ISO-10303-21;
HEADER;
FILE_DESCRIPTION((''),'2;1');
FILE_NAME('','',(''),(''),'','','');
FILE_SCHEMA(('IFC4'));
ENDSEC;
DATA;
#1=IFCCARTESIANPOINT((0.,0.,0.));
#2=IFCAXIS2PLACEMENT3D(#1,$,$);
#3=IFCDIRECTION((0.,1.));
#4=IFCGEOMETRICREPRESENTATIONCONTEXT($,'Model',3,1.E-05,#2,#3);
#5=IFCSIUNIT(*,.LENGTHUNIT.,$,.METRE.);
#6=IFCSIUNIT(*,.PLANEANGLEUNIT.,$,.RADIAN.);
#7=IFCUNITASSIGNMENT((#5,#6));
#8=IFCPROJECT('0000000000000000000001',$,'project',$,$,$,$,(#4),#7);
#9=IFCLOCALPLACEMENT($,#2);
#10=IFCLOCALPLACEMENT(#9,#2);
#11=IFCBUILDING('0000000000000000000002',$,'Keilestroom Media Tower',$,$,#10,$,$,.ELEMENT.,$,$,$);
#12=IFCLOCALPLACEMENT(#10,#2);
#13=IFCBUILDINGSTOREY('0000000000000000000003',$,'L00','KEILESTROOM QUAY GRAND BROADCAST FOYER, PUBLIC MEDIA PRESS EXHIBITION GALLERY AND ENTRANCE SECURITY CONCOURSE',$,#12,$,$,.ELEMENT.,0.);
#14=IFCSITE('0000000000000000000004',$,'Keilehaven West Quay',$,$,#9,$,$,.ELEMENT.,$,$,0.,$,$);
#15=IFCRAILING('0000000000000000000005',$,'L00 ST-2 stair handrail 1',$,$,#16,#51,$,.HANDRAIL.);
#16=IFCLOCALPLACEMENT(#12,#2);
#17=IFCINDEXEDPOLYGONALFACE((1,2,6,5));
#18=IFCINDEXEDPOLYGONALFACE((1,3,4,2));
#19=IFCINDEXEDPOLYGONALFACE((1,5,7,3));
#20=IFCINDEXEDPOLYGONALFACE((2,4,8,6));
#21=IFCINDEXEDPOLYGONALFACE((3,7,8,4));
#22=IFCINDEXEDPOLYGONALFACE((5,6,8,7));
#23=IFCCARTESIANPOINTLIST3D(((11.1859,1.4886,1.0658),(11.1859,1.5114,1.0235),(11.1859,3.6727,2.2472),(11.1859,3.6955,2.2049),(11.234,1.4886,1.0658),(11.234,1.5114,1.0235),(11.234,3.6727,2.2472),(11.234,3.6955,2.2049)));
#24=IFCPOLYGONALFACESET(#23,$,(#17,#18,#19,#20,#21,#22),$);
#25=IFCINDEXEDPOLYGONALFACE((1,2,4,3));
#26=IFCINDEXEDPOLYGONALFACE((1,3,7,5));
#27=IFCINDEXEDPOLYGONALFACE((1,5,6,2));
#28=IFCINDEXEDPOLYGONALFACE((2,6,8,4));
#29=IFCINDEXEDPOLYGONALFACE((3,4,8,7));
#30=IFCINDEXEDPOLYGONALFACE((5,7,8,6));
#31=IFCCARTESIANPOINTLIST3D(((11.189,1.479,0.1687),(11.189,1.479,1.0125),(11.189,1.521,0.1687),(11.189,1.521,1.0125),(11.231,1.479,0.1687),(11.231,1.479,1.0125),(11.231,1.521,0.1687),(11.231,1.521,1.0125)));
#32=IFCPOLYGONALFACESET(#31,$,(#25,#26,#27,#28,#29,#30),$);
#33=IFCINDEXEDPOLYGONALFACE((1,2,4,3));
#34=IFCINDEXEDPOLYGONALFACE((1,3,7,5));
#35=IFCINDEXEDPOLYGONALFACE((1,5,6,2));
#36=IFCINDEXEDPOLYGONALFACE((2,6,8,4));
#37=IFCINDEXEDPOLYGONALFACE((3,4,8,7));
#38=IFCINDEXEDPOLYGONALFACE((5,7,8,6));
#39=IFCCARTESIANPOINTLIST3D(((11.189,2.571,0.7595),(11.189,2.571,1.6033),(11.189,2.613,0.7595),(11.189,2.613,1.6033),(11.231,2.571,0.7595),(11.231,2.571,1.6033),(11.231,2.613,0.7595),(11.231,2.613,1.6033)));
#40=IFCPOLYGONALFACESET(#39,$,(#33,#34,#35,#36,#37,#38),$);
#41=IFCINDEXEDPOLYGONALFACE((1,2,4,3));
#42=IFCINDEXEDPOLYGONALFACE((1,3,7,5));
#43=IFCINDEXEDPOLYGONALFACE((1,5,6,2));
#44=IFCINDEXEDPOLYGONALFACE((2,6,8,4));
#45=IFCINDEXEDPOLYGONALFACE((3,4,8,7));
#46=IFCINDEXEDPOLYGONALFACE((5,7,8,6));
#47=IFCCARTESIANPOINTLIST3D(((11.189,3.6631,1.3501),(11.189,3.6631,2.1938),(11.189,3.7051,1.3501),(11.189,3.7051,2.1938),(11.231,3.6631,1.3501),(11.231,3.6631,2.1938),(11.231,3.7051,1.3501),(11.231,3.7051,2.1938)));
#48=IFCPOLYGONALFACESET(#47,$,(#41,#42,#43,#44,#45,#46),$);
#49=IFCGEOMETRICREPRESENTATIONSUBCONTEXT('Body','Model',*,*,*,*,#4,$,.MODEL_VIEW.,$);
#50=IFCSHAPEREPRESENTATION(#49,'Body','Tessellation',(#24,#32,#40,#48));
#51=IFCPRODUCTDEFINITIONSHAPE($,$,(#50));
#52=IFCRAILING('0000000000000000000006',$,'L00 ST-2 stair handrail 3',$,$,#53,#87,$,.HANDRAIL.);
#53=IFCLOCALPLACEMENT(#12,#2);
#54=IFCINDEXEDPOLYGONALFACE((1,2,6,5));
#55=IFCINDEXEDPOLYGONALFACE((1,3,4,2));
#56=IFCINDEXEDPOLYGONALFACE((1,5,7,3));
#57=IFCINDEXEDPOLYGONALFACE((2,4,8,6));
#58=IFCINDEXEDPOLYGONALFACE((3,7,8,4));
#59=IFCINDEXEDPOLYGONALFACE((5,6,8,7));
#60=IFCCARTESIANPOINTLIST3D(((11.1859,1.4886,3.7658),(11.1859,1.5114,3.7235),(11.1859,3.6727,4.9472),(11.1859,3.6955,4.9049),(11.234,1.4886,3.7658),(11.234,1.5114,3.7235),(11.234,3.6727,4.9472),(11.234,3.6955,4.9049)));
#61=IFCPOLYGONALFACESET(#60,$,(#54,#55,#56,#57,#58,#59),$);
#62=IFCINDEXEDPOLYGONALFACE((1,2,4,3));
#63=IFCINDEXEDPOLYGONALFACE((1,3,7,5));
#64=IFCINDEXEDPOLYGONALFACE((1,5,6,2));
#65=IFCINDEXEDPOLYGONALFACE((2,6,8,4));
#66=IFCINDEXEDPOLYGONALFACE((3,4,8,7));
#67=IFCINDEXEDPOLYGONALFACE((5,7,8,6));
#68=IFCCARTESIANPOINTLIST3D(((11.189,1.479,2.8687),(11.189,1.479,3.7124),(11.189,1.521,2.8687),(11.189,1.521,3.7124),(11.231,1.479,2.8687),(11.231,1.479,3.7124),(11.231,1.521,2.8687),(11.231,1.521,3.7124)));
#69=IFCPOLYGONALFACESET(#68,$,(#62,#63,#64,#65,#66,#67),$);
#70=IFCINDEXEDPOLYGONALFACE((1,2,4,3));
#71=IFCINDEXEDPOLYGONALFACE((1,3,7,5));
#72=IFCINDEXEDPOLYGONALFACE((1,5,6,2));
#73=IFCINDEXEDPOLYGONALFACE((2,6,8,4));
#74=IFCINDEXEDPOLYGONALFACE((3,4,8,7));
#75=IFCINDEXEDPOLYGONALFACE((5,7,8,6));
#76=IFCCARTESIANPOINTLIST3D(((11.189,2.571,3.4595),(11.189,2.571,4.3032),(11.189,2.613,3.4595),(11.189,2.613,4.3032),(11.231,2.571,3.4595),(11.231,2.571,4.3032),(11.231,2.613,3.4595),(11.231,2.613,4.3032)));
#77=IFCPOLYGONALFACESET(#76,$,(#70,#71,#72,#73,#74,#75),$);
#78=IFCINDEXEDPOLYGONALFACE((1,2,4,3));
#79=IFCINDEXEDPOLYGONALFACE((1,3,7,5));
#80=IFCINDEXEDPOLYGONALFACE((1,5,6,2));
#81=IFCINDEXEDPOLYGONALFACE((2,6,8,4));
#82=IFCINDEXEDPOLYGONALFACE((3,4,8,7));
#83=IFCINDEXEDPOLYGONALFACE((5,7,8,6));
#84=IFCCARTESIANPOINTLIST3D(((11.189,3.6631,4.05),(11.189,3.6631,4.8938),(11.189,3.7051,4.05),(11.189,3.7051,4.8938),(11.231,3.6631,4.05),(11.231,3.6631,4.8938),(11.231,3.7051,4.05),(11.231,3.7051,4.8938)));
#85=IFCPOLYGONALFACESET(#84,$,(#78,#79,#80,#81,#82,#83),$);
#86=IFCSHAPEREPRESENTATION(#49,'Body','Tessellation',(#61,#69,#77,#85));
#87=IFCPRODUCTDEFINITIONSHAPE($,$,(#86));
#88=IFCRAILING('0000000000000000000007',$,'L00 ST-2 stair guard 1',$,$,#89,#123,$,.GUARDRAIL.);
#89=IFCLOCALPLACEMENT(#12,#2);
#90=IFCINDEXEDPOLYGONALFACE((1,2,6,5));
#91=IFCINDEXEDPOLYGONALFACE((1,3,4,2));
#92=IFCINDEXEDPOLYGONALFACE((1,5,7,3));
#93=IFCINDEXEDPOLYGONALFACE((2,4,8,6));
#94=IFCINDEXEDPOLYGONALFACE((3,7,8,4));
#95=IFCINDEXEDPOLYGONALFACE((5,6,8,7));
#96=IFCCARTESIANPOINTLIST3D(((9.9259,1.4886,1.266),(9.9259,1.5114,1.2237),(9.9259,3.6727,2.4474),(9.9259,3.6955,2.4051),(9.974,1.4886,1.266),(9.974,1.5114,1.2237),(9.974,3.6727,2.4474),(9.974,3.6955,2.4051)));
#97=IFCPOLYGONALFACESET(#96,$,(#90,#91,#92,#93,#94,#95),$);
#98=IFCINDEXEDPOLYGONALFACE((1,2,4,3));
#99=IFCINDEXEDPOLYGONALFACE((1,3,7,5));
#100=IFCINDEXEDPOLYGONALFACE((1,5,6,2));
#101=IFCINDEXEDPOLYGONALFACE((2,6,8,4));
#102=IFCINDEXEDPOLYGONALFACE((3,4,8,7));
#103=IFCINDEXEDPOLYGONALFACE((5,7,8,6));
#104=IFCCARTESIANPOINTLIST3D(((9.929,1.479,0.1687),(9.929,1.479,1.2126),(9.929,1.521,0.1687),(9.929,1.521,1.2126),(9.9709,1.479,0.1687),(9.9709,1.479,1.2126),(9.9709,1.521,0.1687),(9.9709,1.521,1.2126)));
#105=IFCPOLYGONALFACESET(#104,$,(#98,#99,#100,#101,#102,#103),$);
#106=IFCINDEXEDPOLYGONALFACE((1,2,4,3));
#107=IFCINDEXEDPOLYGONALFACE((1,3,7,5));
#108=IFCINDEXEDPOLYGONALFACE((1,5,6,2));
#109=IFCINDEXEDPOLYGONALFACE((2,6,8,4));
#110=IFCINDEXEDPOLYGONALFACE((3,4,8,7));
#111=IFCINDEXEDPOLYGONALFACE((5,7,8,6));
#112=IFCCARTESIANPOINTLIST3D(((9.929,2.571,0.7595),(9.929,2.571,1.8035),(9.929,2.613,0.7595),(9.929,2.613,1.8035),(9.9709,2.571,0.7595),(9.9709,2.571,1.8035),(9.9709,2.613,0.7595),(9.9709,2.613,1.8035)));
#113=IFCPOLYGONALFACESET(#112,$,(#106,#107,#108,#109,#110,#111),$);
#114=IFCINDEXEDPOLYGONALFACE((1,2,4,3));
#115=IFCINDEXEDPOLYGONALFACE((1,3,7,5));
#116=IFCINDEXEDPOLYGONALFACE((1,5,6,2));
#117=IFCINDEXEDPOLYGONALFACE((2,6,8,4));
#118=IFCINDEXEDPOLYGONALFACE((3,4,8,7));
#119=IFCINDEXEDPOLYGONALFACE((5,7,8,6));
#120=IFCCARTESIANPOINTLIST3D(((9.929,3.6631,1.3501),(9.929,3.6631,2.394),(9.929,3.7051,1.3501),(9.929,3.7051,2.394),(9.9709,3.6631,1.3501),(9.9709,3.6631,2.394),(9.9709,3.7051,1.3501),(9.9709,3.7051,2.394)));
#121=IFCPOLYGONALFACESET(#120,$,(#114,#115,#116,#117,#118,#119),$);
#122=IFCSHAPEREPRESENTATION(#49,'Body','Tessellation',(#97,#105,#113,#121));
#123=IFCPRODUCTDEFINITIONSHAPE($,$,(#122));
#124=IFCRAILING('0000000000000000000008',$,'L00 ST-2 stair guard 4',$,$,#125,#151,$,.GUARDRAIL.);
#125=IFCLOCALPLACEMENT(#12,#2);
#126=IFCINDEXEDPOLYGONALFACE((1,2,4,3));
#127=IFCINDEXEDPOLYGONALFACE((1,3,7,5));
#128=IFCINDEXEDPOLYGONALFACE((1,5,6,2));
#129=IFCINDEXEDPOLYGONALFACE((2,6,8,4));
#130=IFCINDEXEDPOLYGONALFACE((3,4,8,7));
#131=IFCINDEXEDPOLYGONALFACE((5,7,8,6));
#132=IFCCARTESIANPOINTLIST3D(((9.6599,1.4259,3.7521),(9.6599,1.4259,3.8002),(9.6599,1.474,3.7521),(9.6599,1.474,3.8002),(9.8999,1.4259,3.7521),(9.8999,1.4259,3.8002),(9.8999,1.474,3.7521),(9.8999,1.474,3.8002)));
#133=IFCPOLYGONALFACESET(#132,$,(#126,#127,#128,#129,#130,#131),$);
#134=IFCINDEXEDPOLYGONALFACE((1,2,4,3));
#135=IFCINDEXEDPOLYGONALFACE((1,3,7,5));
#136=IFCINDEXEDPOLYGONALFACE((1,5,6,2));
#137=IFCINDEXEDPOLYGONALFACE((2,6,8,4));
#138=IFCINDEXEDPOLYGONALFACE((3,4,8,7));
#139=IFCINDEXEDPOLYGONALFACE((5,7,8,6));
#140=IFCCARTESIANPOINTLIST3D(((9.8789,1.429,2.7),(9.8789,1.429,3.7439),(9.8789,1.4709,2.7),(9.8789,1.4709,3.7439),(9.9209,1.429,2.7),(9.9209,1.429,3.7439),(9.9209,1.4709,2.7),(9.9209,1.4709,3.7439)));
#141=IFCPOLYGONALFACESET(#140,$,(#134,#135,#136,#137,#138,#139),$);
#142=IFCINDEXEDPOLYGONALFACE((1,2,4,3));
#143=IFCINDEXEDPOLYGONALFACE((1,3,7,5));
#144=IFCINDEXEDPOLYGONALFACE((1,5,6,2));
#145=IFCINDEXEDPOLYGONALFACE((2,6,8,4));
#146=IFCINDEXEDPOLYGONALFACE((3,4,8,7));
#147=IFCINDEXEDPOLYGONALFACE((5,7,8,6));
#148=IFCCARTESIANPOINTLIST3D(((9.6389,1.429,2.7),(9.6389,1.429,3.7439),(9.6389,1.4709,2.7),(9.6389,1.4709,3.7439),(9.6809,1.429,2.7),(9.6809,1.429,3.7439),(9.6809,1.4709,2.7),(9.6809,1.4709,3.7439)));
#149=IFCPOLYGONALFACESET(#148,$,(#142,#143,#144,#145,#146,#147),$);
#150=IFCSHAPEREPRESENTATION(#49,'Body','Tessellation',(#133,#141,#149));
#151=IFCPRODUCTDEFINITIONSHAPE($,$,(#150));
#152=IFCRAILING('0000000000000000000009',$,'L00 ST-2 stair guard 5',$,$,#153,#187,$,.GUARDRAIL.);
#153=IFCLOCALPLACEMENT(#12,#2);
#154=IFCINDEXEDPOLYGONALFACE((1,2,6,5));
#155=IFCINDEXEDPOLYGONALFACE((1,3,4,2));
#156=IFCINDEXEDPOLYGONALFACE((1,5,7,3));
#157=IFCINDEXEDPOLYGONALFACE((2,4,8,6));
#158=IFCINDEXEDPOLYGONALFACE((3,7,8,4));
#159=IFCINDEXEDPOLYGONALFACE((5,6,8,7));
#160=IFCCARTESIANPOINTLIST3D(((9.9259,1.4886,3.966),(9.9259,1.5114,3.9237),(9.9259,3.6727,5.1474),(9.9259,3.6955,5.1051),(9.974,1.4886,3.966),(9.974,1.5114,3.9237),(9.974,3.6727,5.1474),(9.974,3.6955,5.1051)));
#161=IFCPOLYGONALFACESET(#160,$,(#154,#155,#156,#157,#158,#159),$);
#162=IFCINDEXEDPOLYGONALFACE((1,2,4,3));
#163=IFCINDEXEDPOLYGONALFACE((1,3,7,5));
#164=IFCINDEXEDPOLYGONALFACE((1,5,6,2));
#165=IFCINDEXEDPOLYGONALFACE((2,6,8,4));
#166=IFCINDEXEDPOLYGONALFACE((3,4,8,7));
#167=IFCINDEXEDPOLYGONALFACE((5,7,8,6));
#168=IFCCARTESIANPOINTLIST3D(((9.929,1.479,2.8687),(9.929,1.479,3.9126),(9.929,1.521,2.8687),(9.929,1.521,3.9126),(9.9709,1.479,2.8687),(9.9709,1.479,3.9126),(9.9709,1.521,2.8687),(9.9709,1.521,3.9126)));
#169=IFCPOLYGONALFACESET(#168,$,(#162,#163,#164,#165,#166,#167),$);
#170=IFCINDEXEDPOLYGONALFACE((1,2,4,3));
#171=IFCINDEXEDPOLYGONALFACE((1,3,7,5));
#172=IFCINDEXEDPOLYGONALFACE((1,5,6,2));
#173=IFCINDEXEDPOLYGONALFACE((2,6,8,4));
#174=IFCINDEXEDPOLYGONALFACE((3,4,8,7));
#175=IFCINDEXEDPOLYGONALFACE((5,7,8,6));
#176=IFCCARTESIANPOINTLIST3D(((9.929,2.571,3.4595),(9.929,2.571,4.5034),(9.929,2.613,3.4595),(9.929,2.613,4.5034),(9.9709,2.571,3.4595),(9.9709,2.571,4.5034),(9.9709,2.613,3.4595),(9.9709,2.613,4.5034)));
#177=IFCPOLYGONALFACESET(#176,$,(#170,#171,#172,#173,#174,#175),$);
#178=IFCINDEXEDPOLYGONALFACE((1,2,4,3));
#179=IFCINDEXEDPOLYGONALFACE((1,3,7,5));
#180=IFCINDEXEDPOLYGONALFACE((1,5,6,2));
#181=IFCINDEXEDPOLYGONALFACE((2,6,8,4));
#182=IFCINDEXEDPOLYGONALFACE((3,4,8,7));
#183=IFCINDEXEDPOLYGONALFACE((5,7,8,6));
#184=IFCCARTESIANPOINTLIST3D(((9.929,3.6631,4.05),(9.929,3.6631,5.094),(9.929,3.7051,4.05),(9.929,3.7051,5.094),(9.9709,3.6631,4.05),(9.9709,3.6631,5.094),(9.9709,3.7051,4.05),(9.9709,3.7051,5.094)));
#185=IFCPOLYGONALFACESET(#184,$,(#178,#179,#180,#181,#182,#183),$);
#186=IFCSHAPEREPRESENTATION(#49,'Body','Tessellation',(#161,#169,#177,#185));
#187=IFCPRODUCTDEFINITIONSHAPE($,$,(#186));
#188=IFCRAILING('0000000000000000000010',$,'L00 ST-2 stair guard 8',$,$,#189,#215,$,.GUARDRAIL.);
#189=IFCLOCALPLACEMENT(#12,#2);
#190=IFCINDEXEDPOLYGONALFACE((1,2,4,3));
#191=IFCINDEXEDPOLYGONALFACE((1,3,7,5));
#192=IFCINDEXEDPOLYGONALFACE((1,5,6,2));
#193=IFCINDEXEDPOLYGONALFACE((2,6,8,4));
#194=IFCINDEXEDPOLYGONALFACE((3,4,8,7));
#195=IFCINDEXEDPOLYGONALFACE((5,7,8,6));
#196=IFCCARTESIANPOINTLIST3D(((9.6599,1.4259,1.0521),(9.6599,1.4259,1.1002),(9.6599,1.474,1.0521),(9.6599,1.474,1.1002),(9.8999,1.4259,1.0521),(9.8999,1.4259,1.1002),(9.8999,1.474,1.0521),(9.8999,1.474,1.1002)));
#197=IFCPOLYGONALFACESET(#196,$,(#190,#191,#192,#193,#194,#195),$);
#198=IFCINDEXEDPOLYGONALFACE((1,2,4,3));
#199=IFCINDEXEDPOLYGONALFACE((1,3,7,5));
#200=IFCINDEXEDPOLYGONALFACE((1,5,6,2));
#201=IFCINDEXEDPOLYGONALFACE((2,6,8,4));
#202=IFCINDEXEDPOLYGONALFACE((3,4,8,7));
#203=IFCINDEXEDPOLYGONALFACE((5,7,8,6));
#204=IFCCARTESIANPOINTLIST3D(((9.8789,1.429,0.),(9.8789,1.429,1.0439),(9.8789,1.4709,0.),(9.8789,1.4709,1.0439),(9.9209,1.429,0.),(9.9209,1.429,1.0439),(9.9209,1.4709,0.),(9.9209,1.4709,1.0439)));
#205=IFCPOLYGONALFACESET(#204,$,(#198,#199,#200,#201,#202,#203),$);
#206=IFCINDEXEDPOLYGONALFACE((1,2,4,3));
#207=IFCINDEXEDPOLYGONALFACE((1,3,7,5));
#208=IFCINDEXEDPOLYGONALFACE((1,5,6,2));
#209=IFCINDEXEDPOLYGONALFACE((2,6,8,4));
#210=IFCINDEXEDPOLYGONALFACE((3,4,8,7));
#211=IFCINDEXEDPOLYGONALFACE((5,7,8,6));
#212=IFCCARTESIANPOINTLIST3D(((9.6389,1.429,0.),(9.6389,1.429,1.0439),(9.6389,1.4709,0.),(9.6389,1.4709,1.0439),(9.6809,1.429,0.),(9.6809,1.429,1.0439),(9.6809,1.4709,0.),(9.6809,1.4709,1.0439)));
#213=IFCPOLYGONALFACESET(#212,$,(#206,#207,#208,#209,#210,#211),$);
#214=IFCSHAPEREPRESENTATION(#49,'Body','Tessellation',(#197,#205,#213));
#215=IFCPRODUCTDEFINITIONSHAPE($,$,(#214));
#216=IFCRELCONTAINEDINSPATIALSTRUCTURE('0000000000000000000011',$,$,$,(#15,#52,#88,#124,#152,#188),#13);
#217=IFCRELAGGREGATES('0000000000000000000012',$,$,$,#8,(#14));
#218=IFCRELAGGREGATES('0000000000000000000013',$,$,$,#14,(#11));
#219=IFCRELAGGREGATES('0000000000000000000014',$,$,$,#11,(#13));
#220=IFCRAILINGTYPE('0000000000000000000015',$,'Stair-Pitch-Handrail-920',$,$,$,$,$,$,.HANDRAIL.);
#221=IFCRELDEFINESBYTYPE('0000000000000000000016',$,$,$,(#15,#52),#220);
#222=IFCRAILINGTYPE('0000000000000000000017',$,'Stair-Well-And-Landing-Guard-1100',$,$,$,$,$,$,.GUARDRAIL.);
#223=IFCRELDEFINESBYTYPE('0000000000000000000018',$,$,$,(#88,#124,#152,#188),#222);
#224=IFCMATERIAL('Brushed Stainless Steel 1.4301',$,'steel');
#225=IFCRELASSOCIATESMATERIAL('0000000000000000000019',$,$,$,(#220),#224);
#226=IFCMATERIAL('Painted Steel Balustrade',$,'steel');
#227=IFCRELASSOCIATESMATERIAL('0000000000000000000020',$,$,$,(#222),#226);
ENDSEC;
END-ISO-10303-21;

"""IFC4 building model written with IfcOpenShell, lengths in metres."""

from ifc_helpers import new_model, si_unit, direction, frame, origin, origin_2d, place, context, subcontext, project, spatial, rectangle, extrude, material, type_object, element, save


model = new_model("IFC4")

# Units and contexts
model_context = context("Model", 3, precision=1e-05, world=origin(), true_north=direction((0.0, 1.0)))
body_context = subcontext(model_context, "Body", "Model", "MODEL_VIEW")
ifc_project = project(units=[si_unit("LENGTHUNIT", "METRE"), si_unit("PLANEANGLEUNIT", "RADIAN")], contexts=[model_context])

# Site, building, storey
site_placement = place(None, origin())
site = spatial("IfcSite", under=ifc_project, at=site_placement, Name="Keilehaven West Quay", CompositionType="ELEMENT", RefElevation=0.0)
building_placement = place(site_placement, origin())
building = spatial("IfcBuilding", under=site, at=building_placement, Name="Keilestroom Media Tower", CompositionType="ELEMENT")
storey_placement = place(building_placement, origin())
storey = spatial("IfcBuildingStorey", under=building, at=storey_placement, Name="L00", Description="KEILESTROOM QUAY GRAND BROADCAST FOYER, PUBLIC MEDIA PRESS EXHIBITION GALLERY AND ENTRANCE SECURITY CONCOURSE", CompositionType="ELEMENT", Elevation=0.0)

# Railings
ifc_material_1 = material(Name="Brushed Stainless Steel 1.4301", Category="steel")
railing_type_1 = type_object("IfcRailingType", Name="Stair-Pitch-Handrail-920", PredefinedType="HANDRAIL", material=ifc_material_1)
for number, where, name in (
    (1, (11.21, 1.5, 0.1687), "L00 ST-2 stair handrail 1"),
    (2, (11.21, 1.5, 2.8687), "L00 ST-2 stair handrail 3"),
):
    element("IfcRailing", number, at=place(storey_placement, frame(where)), inside=storey, type_object=railing_type_1, Name=name, PredefinedType="HANDRAIL", context=body_context, shape_type="SweptSolid", body=[
        extrude(rectangle(XDim=0.0481, YDim=0.0481, at=origin_2d()), frame((0.0, 0.0, 0.876), z_axis=(0.0, 0.87957, 0.47577), x_axis=(-1.0, 0.0, 0.0)), (0.0, 0.0, 1.0), 2.4832),
        extrude(rectangle(XDim=0.042, YDim=0.042, at=origin_2d()), origin(), (0.0, 0.0, 1.0), 0.8438),
        extrude(rectangle(XDim=0.042, YDim=0.042, at=origin_2d()), frame((0.0, 1.092, 0.5908)), (0.0, 0.0, 1.0), 0.8438),
        extrude(rectangle(XDim=0.042, YDim=0.042, at=origin_2d()), frame((0.0, 2.1841, 1.1814)), (0.0, 0.0, 1.0), 0.8438),
    ])
ifc_material_2 = material(Name="Painted Steel Balustrade", Category="steel")
railing_type_2 = type_object("IfcRailingType", Name="Stair-Well-And-Landing-Guard-1100", PredefinedType="GUARDRAIL", material=ifc_material_2)
railing_1_placement = place(storey_placement, frame((9.95, 1.5, 0.1687)))
element("IfcRailing", 3, at=railing_1_placement, inside=storey, type_object=railing_type_2, Name="L00 ST-2 stair guard 1", PredefinedType="GUARDRAIL", context=body_context, shape_type="SweptSolid", body=[
    extrude(rectangle(XDim=0.0481, YDim=0.0481, at=origin_2d()), frame((0.0, 0.0, 1.0762), z_axis=(0.0, 0.87957, 0.47577), x_axis=(-1.0, 0.0, 0.0)), (0.0, 0.0, 1.0), 2.4832),
    extrude(rectangle(XDim=0.042, YDim=0.042, at=origin_2d()), origin(), (0.0, 0.0, 1.0), 1.0439),
    extrude(rectangle(XDim=0.042, YDim=0.042, at=origin_2d()), frame((0.0, 1.092, 0.5908)), (0.0, 0.0, 1.0), 1.0439),
    extrude(rectangle(XDim=0.042, YDim=0.042, at=origin_2d()), frame((0.0, 2.1841, 1.1814)), (0.0, 0.0, 1.0), 1.0439),
])
railing_2_placement = place(storey_placement, frame((9.8999, 1.45, 2.7)))
element("IfcRailing", 4, at=railing_2_placement, inside=storey, type_object=railing_type_2, Name="L00 ST-2 stair guard 4", PredefinedType="GUARDRAIL", context=body_context, shape_type="SweptSolid", body=[
    extrude(rectangle(XDim=0.0481, YDim=0.0481, at=origin_2d()), frame((0.0, 0.0, 1.0762), z_axis=(-1.0, 0.0, 0.0), x_axis=(0.0, -1.0, 0.0)), (0.0, 0.0, 1.0), 0.24),
    extrude(rectangle(XDim=0.042, YDim=0.042, at=origin_2d()), origin(), (0.0, 0.0, 1.0), 1.0439),
    extrude(rectangle(XDim=0.042, YDim=0.042, at=origin_2d()), frame((-0.24, 0.0, 0.0)), (0.0, 0.0, 1.0), 1.0439),
])
railing_3_placement = place(storey_placement, frame((9.95, 1.5, 2.8687)))
element("IfcRailing", 5, at=railing_3_placement, inside=storey, type_object=railing_type_2, Name="L00 ST-2 stair guard 5", PredefinedType="GUARDRAIL", context=body_context, shape_type="SweptSolid", body=[
    extrude(rectangle(XDim=0.0481, YDim=0.0481, at=origin_2d()), frame((0.0, 0.0, 1.0762), z_axis=(0.0, 0.87957, 0.47577), x_axis=(-1.0, 0.0, 0.0)), (0.0, 0.0, 1.0), 2.4832),
    extrude(rectangle(XDim=0.042, YDim=0.042, at=origin_2d()), origin(), (0.0, 0.0, 1.0), 1.0439),
    extrude(rectangle(XDim=0.042, YDim=0.042, at=origin_2d()), frame((0.0, 1.092, 0.5908)), (0.0, 0.0, 1.0), 1.0439),
    extrude(rectangle(XDim=0.042, YDim=0.042, at=origin_2d()), frame((0.0, 2.1841, 1.1814)), (0.0, 0.0, 1.0), 1.0439),
])
railing_4_placement = place(storey_placement, frame((9.8999, 1.45, 0.0)))
element("IfcRailing", 6, at=railing_4_placement, inside=storey, type_object=railing_type_2, Name="L00 ST-2 stair guard 8", PredefinedType="GUARDRAIL", context=body_context, shape_type="SweptSolid", body=[
    extrude(rectangle(XDim=0.0481, YDim=0.0481, at=origin_2d()), frame((0.0, 0.0, 1.0762), z_axis=(-1.0, 0.0, 0.0), x_axis=(0.0, -1.0, 0.0)), (0.0, 0.0, 1.0), 0.24),
    extrude(rectangle(XDim=0.042, YDim=0.042, at=origin_2d()), origin(), (0.0, 0.0, 1.0), 1.0439),
    extrude(rectangle(XDim=0.042, YDim=0.042, at=origin_2d()), frame((-0.24, 0.0, 0.0)), (0.0, 0.0, 1.0), 1.0439),
])

save(model, "model.ifc")
